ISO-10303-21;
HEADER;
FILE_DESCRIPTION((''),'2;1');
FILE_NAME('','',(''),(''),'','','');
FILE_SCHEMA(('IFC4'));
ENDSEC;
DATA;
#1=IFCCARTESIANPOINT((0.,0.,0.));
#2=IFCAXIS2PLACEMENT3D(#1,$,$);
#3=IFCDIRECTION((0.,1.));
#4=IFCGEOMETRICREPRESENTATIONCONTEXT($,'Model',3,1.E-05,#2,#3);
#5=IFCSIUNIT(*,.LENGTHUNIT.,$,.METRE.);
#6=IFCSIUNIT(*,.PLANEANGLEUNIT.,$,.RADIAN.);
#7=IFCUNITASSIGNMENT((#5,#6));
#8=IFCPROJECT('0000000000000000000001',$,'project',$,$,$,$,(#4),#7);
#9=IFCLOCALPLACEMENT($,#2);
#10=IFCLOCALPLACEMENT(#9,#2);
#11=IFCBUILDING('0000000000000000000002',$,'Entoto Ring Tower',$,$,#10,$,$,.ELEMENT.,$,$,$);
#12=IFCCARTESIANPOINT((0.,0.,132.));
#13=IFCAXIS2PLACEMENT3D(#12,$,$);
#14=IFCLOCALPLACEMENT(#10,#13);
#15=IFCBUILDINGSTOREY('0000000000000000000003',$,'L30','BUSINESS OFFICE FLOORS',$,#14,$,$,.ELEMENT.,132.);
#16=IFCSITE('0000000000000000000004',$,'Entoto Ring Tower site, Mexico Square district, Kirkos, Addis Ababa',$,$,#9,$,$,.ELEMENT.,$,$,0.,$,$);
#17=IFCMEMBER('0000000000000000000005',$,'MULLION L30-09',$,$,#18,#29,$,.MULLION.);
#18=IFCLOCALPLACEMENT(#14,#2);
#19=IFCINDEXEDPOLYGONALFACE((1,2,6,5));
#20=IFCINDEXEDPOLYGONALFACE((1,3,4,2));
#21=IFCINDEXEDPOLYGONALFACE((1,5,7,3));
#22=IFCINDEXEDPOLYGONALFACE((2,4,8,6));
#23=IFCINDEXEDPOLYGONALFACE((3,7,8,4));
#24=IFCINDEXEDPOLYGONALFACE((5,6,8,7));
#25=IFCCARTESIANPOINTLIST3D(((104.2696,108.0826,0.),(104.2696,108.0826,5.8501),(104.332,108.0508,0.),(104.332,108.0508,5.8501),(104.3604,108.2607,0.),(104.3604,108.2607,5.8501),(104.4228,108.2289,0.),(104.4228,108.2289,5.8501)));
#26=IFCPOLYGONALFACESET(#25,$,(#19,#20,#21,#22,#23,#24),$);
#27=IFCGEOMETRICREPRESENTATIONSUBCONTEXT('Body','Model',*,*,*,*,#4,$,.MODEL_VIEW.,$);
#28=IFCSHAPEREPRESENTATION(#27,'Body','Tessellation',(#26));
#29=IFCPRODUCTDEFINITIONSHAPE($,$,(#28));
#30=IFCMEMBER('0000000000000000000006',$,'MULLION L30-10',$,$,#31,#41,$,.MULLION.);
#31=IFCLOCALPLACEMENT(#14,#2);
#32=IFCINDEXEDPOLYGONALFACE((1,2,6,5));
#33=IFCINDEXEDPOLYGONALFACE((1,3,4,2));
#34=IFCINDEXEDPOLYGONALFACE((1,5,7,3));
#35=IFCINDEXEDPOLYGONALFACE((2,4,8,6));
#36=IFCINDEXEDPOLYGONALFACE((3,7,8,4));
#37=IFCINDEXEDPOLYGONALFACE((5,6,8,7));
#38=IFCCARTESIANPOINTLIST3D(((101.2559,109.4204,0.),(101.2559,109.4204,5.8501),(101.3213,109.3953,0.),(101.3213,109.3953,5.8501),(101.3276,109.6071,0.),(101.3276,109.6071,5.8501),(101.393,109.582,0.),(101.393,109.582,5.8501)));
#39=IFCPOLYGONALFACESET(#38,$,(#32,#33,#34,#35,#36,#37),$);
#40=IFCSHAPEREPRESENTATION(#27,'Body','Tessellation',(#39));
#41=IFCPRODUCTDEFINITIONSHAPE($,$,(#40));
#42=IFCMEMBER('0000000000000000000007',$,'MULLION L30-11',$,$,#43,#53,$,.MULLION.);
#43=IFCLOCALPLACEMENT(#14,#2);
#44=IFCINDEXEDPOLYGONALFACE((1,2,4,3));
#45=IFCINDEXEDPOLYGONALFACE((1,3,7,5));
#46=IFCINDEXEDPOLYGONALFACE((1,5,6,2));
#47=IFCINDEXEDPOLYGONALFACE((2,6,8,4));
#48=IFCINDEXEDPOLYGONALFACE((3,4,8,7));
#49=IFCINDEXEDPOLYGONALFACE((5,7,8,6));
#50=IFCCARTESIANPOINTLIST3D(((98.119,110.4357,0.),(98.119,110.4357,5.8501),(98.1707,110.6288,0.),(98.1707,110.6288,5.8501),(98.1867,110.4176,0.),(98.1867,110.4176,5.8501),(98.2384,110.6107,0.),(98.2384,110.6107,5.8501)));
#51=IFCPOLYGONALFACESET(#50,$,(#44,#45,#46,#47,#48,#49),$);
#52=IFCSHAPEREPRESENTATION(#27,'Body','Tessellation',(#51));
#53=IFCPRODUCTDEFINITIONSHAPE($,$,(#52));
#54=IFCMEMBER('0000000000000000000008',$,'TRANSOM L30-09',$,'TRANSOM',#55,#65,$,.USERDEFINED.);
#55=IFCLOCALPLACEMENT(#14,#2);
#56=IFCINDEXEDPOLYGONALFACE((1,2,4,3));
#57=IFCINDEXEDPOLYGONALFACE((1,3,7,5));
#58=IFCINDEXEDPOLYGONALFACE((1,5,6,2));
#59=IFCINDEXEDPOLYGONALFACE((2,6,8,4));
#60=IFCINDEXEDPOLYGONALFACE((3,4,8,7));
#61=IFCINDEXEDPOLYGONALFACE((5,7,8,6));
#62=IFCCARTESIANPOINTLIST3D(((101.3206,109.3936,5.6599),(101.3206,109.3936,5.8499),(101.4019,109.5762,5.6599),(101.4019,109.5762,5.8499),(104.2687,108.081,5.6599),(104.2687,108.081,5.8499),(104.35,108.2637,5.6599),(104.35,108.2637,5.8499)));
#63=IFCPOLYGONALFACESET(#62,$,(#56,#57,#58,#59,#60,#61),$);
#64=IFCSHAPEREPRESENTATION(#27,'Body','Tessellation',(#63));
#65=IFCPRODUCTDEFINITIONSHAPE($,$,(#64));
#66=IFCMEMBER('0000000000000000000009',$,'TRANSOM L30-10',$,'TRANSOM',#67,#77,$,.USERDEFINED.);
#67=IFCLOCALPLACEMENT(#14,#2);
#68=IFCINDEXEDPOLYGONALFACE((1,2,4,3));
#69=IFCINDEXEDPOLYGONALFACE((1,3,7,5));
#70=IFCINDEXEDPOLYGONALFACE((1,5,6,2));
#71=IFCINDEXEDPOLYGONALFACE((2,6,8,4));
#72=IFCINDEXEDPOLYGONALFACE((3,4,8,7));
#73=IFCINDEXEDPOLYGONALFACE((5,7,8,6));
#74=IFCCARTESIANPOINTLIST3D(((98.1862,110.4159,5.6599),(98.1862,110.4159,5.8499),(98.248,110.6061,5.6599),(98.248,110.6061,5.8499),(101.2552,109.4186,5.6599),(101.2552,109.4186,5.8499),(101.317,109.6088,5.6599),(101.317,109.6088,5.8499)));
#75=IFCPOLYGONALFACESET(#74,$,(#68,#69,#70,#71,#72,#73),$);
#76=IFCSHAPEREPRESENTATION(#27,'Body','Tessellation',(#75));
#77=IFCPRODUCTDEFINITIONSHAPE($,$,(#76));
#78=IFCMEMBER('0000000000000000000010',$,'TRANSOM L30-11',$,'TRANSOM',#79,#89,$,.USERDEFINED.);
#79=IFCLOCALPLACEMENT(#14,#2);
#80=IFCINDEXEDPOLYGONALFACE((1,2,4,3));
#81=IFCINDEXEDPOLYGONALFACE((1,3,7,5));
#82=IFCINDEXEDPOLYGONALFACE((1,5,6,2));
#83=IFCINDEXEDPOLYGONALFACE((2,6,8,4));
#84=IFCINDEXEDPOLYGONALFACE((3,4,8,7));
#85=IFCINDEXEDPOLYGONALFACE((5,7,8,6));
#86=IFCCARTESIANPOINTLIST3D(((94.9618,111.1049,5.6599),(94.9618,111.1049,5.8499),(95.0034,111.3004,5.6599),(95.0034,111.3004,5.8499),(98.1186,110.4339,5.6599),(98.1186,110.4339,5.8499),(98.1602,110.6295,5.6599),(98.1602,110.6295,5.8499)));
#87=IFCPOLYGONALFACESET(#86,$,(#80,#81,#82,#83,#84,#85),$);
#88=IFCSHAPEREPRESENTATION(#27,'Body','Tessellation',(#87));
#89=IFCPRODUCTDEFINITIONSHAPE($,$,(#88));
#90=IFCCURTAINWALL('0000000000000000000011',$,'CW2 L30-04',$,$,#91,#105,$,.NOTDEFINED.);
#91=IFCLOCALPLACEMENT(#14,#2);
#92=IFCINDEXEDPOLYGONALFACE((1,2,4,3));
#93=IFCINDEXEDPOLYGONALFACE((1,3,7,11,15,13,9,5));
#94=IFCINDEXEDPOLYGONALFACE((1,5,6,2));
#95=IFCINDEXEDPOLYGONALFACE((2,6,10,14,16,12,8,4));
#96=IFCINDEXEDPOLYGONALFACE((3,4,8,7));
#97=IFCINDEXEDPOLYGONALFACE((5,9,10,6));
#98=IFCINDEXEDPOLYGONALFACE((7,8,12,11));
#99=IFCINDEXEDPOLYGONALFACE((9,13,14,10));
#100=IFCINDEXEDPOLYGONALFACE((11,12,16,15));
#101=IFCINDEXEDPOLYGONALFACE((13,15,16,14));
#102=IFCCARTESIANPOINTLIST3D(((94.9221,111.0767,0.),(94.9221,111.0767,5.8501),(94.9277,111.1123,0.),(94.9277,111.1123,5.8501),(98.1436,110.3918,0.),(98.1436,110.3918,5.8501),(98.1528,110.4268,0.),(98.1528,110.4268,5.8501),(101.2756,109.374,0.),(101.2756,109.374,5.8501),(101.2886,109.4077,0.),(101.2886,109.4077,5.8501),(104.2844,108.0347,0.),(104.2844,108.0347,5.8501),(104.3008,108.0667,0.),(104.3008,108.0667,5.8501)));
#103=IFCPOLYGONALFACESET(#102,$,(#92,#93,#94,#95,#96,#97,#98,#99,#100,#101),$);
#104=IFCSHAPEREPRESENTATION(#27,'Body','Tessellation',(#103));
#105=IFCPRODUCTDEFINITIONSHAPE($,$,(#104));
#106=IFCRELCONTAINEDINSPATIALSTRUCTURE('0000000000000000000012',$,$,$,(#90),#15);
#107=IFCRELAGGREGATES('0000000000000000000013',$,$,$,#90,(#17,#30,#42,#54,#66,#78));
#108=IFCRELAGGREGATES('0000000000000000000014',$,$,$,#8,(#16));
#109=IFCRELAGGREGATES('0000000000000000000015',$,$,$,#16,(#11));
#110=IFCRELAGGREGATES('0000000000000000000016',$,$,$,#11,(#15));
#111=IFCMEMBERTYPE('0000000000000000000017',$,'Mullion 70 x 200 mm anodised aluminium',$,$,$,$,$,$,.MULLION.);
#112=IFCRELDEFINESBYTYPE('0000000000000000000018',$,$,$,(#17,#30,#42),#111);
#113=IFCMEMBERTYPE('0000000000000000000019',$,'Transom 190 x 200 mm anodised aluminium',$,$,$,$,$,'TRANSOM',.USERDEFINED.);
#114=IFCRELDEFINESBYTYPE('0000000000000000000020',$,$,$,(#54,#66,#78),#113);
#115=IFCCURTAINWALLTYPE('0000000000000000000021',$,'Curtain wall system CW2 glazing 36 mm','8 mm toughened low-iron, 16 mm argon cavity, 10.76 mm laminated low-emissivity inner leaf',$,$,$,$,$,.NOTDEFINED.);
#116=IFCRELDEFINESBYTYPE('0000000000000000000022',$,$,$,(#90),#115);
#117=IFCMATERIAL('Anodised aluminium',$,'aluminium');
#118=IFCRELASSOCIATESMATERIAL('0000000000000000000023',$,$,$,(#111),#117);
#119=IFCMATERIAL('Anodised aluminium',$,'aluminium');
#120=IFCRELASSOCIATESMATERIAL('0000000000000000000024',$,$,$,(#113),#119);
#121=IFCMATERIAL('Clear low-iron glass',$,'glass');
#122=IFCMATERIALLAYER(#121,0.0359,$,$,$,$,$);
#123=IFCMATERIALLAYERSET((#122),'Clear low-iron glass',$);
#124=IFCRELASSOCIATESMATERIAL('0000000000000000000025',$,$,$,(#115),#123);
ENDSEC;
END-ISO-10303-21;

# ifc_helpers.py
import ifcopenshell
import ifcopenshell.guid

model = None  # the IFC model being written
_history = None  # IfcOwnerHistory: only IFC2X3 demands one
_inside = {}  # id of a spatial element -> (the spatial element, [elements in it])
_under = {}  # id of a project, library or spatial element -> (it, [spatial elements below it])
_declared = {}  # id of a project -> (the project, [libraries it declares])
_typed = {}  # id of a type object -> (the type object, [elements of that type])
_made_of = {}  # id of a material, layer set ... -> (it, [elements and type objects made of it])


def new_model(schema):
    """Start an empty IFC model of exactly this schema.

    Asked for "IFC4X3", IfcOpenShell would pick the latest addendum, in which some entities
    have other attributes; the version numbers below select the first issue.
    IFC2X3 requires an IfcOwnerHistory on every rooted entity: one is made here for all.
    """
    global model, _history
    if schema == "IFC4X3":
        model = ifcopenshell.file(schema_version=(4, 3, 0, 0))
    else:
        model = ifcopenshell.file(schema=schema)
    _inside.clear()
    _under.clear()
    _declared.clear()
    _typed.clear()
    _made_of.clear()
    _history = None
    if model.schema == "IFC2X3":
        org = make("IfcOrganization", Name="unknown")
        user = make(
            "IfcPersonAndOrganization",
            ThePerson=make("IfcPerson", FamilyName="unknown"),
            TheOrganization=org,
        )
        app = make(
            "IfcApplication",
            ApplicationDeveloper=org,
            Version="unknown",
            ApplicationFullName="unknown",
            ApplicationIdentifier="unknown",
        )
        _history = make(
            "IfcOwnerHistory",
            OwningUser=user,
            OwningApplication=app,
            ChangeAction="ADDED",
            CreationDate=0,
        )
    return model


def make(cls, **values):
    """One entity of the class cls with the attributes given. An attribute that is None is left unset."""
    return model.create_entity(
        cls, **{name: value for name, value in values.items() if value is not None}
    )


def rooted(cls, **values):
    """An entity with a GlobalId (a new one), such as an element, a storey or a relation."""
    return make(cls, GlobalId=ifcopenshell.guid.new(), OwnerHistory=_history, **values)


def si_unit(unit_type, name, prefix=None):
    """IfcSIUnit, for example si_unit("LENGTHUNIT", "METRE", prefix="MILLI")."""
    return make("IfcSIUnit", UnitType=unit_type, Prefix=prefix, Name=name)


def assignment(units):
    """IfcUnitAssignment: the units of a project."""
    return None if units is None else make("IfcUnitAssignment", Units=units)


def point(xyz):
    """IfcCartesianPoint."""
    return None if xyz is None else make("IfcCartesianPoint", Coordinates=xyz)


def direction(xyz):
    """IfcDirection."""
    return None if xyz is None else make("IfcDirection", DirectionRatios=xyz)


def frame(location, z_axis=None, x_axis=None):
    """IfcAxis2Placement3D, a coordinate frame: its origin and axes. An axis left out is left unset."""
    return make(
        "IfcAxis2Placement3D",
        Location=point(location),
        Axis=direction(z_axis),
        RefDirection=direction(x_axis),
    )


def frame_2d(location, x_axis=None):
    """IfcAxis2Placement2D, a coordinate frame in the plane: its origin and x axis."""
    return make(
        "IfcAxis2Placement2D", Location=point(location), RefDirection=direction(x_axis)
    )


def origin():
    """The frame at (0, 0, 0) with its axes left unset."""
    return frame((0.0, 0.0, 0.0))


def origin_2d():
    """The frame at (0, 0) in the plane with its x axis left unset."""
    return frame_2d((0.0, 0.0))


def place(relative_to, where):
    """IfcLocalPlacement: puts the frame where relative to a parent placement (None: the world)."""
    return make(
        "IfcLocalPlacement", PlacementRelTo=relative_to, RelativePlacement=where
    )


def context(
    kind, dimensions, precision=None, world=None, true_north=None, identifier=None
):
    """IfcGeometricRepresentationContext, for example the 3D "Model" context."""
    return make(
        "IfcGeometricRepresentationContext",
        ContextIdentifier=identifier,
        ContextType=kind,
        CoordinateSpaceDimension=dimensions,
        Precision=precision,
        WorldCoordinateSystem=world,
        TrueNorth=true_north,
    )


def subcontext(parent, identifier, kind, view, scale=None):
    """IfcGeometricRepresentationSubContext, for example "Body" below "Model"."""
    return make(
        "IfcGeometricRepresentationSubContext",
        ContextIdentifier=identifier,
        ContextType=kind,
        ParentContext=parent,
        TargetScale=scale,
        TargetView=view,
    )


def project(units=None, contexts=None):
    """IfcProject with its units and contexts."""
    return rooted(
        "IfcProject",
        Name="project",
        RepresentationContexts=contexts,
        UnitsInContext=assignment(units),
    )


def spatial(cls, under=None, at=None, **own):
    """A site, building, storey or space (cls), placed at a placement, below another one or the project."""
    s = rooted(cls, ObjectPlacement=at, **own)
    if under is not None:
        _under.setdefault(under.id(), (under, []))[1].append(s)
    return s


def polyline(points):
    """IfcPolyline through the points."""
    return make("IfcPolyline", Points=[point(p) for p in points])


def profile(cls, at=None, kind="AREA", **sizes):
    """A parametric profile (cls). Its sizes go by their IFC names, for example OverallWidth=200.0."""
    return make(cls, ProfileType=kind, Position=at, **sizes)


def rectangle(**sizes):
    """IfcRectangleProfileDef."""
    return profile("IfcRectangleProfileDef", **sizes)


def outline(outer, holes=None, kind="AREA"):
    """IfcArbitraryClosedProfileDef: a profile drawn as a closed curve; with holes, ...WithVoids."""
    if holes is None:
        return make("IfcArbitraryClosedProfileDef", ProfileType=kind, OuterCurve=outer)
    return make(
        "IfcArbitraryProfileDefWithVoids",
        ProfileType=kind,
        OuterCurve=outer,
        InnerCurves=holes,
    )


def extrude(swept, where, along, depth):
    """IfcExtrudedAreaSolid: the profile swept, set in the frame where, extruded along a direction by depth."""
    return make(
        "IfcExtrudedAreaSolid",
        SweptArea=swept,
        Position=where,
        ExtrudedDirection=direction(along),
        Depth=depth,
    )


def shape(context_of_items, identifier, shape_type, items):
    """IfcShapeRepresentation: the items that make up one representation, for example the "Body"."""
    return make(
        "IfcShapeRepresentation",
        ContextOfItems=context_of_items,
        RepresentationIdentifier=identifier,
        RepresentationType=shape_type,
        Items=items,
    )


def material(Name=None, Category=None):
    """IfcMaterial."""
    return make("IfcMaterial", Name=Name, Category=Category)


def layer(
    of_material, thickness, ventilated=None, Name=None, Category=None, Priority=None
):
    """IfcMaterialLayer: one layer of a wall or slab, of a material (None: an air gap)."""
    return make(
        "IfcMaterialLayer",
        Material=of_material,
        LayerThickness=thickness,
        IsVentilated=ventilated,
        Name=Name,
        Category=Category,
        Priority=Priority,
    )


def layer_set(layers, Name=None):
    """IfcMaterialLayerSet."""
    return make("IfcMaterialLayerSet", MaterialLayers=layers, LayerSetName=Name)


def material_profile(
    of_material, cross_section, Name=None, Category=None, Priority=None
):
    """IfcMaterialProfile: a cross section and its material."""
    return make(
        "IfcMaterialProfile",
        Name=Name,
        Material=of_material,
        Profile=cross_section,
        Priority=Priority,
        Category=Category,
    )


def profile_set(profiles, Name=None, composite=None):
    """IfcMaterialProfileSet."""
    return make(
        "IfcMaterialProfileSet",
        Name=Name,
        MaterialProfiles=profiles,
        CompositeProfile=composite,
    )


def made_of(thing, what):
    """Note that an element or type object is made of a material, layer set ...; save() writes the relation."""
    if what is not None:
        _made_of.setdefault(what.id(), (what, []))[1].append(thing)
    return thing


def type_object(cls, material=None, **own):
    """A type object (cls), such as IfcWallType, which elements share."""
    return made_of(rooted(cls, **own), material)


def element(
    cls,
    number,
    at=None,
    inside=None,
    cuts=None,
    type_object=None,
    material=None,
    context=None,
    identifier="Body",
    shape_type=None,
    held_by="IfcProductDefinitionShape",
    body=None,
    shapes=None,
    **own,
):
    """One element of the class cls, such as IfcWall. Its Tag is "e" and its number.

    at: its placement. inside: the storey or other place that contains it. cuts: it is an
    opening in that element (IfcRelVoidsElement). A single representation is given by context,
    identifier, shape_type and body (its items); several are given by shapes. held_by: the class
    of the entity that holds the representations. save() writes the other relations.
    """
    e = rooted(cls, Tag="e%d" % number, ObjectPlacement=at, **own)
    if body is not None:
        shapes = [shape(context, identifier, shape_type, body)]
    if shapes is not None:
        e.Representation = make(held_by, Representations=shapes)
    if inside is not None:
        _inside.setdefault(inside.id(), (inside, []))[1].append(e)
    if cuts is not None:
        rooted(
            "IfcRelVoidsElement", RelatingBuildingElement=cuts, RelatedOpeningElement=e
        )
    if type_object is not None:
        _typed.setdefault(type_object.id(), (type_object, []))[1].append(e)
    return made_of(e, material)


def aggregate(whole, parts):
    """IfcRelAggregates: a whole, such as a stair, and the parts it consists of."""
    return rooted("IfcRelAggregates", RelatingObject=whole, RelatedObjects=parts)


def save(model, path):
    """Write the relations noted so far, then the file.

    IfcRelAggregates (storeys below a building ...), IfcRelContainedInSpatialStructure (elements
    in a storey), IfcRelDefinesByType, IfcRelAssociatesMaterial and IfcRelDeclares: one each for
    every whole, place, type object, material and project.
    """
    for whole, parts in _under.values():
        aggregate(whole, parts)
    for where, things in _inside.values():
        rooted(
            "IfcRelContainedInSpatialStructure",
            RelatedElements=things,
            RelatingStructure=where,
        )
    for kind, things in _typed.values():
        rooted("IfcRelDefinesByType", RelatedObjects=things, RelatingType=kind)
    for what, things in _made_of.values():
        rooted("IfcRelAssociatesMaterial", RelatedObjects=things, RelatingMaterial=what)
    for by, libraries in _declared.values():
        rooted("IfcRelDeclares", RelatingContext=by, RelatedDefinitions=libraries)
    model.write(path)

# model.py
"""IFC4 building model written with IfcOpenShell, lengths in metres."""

from ifc_helpers import new_model, si_unit, direction, frame, origin, origin_2d, place, context, subcontext, project, spatial, polyline, rectangle, outline, extrude, material, layer, layer_set, material_profile, profile_set, type_object, element, aggregate, save


model = new_model("IFC4")

# Units and contexts
model_context = context("Model", 3, precision=1e-05, world=origin(), true_north=direction((0.0, 1.0)))
body_context = subcontext(model_context, "Body", "Model", "MODEL_VIEW")
ifc_project = project(units=[si_unit("LENGTHUNIT", "METRE"), si_unit("PLANEANGLEUNIT", "RADIAN")], contexts=[model_context])

# Members
ifc_material_1 = material(Name="Anodised aluminium", Category="aluminium")
ifc_material_profile_1 = material_profile(ifc_material_1, rectangle(XDim=0.0701, YDim=0.2, at=origin_2d()), Name="Mullion 70 x 200 mm anodised aluminium")
ifc_profile_set_1 = profile_set([ifc_material_profile_1], Name="Anodised aluminium")
member_type_1 = type_object("IfcMemberType", Name="Mullion 70 x 200 mm anodised aluminium", PredefinedType="MULLION", material=ifc_profile_set_1)
site_placement = place(None, origin())
building_placement = place(site_placement, origin())
storey_placement = place(building_placement, frame((0.0, 0.0, 132.0)))
member_1_placement = place(storey_placement, frame((104.3462, 108.1558, 0.0), z_axis=(0.0, 0.0, 1.0), x_axis=(-0.891007, 0.45399, 0.0)))
member_1 = element("IfcMember", 1, at=member_1_placement, type_object=member_type_1, Name="MULLION L30-09", PredefinedType="MULLION", context=body_context, shape_type="SweptSolid", body=[
    extrude(rectangle(XDim=0.0701, YDim=0.2, at=origin_2d()), origin(), (0.0, 0.0, 1.0), 5.8501),
])
member_2_placement = place(storey_placement, frame((101.3245, 109.5012, 0.0), z_axis=(0.0, 0.0, 1.0), x_axis=(-0.93358, 0.358368, 0.0)))
member_2 = element("IfcMember", 2, at=member_2_placement, type_object=member_type_1, Name="MULLION L30-10", PredefinedType="MULLION", context=body_context, shape_type="SweptSolid", body=[
    extrude(rectangle(XDim=0.0701, YDim=0.2, at=origin_2d()), origin(), (0.0, 0.0, 1.0), 5.8501),
])
member_3_placement = place(storey_placement, frame((98.1787, 110.5232, 0.0), z_axis=(0.0, 0.0, 1.0), x_axis=(-0.965926, 0.258819, 0.0)))
member_3 = element("IfcMember", 3, at=member_3_placement, type_object=member_type_1, Name="MULLION L30-11", PredefinedType="MULLION", context=body_context, shape_type="SweptSolid", body=[
    extrude(rectangle(XDim=0.0701, YDim=0.2, at=origin_2d()), origin(), (0.0, 0.0, 1.0), 5.8501),
])
ifc_material_2 = material(Name="Anodised aluminium", Category="aluminium")
ifc_material_profile_2 = material_profile(ifc_material_2, rectangle(XDim=0.2, YDim=0.1899, at=origin_2d()), Name="Transom 190 x 200 mm anodised aluminium")
ifc_profile_set_2 = profile_set([ifc_material_profile_2], Name="Anodised aluminium")
member_type_2 = type_object("IfcMemberType", Name="Transom 190 x 200 mm anodised aluminium", ElementType="TRANSOM", PredefinedType="USERDEFINED", material=ifc_profile_set_2)
member_4_placement = place(storey_placement, frame((104.3093, 108.1724, 5.7549), z_axis=(-0.913549, 0.406728, 0.0), x_axis=(-0.406728, -0.913549, 0.0)))
member_4 = element("IfcMember", 4, at=member_4_placement, type_object=member_type_2, Name="TRANSOM L30-09", ObjectType="TRANSOM", PredefinedType="USERDEFINED", context=body_context, shape_type="SweptSolid", body=[
    extrude(rectangle(XDim=0.2, YDim=0.1899, at=origin_2d()), origin(), (0.0, 0.0, 1.0), 3.2271),
])
member_5_placement = place(storey_placement, frame((101.2861, 109.5137, 5.7549), z_axis=(-0.951047, 0.309047, 0.0), x_axis=(-0.309047, -0.951047, 0.0)))
member_5 = element("IfcMember", 5, at=member_5_placement, type_object=member_type_2, Name="TRANSOM L30-10", ObjectType="TRANSOM", PredefinedType="USERDEFINED", context=body_context, shape_type="SweptSolid", body=[
    extrude(rectangle(XDim=0.2, YDim=0.1899, at=origin_2d()), origin(), (0.0, 0.0, 1.0), 3.2271),
])
member_6_placement = place(storey_placement, frame((98.1394, 110.5317, 5.7549), z_axis=(-0.978153, 0.207886, 0.0), x_axis=(-0.207886, -0.978153, 0.0)))
member_6 = element("IfcMember", 6, at=member_6_placement, type_object=member_type_2, Name="TRANSOM L30-11", ObjectType="TRANSOM", PredefinedType="USERDEFINED", context=body_context, shape_type="SweptSolid", body=[
    extrude(rectangle(XDim=0.2, YDim=0.1899, at=origin_2d()), origin(), (0.0, 0.0, 1.0), 3.2273),
])

# Site, building, storey
site = spatial("IfcSite", under=ifc_project, at=site_placement, Name="Entoto Ring Tower site, Mexico Square district, Kirkos, Addis Ababa", CompositionType="ELEMENT", RefElevation=0.0)
building = spatial("IfcBuilding", under=site, at=building_placement, Name="Entoto Ring Tower", CompositionType="ELEMENT")
storey = spatial("IfcBuildingStorey", under=building, at=storey_placement, Name="L30", Description="BUSINESS OFFICE FLOORS", CompositionType="ELEMENT", Elevation=132.0)

# Curtain wall
ifc_material_3 = material(Name="Clear low-iron glass", Category="glass")
ifc_layer = layer(ifc_material_3, 0.0359)
ifc_layer_set = layer_set([ifc_layer], Name="Clear low-iron glass")
curtain_wall_type = type_object("IfcCurtainWallType", Name="Curtain wall system CW2 glazing 36 mm", Description="8 mm toughened low-iron, 16 mm argon cavity, 10.76 mm laminated low-emissivity inner leaf", PredefinedType="NOTDEFINED", material=ifc_layer_set)
curtain_wall_1_placement = place(storey_placement, origin())
curtain_wall_1 = element("IfcCurtainWall", 7, at=curtain_wall_1_placement, inside=storey, type_object=curtain_wall_type, Name="CW2 L30-04", PredefinedType="NOTDEFINED", context=body_context, shape_type="SweptSolid", body=[
    extrude(outline(polyline([(104.3008, 108.0667), (101.2886, 109.4077), (98.1528, 110.4268), (94.9277, 111.1123), (94.9221, 111.0767), (98.1436, 110.3918), (101.2756, 109.374), (104.2844, 108.0347), (104.3008, 108.0667)])), origin(), (0.0, 0.0, 1.0), 5.8501),
])
aggregate(curtain_wall_1, [member_1, member_2, member_3, member_4, member_5, member_6])

save(model, "model.ifc")
